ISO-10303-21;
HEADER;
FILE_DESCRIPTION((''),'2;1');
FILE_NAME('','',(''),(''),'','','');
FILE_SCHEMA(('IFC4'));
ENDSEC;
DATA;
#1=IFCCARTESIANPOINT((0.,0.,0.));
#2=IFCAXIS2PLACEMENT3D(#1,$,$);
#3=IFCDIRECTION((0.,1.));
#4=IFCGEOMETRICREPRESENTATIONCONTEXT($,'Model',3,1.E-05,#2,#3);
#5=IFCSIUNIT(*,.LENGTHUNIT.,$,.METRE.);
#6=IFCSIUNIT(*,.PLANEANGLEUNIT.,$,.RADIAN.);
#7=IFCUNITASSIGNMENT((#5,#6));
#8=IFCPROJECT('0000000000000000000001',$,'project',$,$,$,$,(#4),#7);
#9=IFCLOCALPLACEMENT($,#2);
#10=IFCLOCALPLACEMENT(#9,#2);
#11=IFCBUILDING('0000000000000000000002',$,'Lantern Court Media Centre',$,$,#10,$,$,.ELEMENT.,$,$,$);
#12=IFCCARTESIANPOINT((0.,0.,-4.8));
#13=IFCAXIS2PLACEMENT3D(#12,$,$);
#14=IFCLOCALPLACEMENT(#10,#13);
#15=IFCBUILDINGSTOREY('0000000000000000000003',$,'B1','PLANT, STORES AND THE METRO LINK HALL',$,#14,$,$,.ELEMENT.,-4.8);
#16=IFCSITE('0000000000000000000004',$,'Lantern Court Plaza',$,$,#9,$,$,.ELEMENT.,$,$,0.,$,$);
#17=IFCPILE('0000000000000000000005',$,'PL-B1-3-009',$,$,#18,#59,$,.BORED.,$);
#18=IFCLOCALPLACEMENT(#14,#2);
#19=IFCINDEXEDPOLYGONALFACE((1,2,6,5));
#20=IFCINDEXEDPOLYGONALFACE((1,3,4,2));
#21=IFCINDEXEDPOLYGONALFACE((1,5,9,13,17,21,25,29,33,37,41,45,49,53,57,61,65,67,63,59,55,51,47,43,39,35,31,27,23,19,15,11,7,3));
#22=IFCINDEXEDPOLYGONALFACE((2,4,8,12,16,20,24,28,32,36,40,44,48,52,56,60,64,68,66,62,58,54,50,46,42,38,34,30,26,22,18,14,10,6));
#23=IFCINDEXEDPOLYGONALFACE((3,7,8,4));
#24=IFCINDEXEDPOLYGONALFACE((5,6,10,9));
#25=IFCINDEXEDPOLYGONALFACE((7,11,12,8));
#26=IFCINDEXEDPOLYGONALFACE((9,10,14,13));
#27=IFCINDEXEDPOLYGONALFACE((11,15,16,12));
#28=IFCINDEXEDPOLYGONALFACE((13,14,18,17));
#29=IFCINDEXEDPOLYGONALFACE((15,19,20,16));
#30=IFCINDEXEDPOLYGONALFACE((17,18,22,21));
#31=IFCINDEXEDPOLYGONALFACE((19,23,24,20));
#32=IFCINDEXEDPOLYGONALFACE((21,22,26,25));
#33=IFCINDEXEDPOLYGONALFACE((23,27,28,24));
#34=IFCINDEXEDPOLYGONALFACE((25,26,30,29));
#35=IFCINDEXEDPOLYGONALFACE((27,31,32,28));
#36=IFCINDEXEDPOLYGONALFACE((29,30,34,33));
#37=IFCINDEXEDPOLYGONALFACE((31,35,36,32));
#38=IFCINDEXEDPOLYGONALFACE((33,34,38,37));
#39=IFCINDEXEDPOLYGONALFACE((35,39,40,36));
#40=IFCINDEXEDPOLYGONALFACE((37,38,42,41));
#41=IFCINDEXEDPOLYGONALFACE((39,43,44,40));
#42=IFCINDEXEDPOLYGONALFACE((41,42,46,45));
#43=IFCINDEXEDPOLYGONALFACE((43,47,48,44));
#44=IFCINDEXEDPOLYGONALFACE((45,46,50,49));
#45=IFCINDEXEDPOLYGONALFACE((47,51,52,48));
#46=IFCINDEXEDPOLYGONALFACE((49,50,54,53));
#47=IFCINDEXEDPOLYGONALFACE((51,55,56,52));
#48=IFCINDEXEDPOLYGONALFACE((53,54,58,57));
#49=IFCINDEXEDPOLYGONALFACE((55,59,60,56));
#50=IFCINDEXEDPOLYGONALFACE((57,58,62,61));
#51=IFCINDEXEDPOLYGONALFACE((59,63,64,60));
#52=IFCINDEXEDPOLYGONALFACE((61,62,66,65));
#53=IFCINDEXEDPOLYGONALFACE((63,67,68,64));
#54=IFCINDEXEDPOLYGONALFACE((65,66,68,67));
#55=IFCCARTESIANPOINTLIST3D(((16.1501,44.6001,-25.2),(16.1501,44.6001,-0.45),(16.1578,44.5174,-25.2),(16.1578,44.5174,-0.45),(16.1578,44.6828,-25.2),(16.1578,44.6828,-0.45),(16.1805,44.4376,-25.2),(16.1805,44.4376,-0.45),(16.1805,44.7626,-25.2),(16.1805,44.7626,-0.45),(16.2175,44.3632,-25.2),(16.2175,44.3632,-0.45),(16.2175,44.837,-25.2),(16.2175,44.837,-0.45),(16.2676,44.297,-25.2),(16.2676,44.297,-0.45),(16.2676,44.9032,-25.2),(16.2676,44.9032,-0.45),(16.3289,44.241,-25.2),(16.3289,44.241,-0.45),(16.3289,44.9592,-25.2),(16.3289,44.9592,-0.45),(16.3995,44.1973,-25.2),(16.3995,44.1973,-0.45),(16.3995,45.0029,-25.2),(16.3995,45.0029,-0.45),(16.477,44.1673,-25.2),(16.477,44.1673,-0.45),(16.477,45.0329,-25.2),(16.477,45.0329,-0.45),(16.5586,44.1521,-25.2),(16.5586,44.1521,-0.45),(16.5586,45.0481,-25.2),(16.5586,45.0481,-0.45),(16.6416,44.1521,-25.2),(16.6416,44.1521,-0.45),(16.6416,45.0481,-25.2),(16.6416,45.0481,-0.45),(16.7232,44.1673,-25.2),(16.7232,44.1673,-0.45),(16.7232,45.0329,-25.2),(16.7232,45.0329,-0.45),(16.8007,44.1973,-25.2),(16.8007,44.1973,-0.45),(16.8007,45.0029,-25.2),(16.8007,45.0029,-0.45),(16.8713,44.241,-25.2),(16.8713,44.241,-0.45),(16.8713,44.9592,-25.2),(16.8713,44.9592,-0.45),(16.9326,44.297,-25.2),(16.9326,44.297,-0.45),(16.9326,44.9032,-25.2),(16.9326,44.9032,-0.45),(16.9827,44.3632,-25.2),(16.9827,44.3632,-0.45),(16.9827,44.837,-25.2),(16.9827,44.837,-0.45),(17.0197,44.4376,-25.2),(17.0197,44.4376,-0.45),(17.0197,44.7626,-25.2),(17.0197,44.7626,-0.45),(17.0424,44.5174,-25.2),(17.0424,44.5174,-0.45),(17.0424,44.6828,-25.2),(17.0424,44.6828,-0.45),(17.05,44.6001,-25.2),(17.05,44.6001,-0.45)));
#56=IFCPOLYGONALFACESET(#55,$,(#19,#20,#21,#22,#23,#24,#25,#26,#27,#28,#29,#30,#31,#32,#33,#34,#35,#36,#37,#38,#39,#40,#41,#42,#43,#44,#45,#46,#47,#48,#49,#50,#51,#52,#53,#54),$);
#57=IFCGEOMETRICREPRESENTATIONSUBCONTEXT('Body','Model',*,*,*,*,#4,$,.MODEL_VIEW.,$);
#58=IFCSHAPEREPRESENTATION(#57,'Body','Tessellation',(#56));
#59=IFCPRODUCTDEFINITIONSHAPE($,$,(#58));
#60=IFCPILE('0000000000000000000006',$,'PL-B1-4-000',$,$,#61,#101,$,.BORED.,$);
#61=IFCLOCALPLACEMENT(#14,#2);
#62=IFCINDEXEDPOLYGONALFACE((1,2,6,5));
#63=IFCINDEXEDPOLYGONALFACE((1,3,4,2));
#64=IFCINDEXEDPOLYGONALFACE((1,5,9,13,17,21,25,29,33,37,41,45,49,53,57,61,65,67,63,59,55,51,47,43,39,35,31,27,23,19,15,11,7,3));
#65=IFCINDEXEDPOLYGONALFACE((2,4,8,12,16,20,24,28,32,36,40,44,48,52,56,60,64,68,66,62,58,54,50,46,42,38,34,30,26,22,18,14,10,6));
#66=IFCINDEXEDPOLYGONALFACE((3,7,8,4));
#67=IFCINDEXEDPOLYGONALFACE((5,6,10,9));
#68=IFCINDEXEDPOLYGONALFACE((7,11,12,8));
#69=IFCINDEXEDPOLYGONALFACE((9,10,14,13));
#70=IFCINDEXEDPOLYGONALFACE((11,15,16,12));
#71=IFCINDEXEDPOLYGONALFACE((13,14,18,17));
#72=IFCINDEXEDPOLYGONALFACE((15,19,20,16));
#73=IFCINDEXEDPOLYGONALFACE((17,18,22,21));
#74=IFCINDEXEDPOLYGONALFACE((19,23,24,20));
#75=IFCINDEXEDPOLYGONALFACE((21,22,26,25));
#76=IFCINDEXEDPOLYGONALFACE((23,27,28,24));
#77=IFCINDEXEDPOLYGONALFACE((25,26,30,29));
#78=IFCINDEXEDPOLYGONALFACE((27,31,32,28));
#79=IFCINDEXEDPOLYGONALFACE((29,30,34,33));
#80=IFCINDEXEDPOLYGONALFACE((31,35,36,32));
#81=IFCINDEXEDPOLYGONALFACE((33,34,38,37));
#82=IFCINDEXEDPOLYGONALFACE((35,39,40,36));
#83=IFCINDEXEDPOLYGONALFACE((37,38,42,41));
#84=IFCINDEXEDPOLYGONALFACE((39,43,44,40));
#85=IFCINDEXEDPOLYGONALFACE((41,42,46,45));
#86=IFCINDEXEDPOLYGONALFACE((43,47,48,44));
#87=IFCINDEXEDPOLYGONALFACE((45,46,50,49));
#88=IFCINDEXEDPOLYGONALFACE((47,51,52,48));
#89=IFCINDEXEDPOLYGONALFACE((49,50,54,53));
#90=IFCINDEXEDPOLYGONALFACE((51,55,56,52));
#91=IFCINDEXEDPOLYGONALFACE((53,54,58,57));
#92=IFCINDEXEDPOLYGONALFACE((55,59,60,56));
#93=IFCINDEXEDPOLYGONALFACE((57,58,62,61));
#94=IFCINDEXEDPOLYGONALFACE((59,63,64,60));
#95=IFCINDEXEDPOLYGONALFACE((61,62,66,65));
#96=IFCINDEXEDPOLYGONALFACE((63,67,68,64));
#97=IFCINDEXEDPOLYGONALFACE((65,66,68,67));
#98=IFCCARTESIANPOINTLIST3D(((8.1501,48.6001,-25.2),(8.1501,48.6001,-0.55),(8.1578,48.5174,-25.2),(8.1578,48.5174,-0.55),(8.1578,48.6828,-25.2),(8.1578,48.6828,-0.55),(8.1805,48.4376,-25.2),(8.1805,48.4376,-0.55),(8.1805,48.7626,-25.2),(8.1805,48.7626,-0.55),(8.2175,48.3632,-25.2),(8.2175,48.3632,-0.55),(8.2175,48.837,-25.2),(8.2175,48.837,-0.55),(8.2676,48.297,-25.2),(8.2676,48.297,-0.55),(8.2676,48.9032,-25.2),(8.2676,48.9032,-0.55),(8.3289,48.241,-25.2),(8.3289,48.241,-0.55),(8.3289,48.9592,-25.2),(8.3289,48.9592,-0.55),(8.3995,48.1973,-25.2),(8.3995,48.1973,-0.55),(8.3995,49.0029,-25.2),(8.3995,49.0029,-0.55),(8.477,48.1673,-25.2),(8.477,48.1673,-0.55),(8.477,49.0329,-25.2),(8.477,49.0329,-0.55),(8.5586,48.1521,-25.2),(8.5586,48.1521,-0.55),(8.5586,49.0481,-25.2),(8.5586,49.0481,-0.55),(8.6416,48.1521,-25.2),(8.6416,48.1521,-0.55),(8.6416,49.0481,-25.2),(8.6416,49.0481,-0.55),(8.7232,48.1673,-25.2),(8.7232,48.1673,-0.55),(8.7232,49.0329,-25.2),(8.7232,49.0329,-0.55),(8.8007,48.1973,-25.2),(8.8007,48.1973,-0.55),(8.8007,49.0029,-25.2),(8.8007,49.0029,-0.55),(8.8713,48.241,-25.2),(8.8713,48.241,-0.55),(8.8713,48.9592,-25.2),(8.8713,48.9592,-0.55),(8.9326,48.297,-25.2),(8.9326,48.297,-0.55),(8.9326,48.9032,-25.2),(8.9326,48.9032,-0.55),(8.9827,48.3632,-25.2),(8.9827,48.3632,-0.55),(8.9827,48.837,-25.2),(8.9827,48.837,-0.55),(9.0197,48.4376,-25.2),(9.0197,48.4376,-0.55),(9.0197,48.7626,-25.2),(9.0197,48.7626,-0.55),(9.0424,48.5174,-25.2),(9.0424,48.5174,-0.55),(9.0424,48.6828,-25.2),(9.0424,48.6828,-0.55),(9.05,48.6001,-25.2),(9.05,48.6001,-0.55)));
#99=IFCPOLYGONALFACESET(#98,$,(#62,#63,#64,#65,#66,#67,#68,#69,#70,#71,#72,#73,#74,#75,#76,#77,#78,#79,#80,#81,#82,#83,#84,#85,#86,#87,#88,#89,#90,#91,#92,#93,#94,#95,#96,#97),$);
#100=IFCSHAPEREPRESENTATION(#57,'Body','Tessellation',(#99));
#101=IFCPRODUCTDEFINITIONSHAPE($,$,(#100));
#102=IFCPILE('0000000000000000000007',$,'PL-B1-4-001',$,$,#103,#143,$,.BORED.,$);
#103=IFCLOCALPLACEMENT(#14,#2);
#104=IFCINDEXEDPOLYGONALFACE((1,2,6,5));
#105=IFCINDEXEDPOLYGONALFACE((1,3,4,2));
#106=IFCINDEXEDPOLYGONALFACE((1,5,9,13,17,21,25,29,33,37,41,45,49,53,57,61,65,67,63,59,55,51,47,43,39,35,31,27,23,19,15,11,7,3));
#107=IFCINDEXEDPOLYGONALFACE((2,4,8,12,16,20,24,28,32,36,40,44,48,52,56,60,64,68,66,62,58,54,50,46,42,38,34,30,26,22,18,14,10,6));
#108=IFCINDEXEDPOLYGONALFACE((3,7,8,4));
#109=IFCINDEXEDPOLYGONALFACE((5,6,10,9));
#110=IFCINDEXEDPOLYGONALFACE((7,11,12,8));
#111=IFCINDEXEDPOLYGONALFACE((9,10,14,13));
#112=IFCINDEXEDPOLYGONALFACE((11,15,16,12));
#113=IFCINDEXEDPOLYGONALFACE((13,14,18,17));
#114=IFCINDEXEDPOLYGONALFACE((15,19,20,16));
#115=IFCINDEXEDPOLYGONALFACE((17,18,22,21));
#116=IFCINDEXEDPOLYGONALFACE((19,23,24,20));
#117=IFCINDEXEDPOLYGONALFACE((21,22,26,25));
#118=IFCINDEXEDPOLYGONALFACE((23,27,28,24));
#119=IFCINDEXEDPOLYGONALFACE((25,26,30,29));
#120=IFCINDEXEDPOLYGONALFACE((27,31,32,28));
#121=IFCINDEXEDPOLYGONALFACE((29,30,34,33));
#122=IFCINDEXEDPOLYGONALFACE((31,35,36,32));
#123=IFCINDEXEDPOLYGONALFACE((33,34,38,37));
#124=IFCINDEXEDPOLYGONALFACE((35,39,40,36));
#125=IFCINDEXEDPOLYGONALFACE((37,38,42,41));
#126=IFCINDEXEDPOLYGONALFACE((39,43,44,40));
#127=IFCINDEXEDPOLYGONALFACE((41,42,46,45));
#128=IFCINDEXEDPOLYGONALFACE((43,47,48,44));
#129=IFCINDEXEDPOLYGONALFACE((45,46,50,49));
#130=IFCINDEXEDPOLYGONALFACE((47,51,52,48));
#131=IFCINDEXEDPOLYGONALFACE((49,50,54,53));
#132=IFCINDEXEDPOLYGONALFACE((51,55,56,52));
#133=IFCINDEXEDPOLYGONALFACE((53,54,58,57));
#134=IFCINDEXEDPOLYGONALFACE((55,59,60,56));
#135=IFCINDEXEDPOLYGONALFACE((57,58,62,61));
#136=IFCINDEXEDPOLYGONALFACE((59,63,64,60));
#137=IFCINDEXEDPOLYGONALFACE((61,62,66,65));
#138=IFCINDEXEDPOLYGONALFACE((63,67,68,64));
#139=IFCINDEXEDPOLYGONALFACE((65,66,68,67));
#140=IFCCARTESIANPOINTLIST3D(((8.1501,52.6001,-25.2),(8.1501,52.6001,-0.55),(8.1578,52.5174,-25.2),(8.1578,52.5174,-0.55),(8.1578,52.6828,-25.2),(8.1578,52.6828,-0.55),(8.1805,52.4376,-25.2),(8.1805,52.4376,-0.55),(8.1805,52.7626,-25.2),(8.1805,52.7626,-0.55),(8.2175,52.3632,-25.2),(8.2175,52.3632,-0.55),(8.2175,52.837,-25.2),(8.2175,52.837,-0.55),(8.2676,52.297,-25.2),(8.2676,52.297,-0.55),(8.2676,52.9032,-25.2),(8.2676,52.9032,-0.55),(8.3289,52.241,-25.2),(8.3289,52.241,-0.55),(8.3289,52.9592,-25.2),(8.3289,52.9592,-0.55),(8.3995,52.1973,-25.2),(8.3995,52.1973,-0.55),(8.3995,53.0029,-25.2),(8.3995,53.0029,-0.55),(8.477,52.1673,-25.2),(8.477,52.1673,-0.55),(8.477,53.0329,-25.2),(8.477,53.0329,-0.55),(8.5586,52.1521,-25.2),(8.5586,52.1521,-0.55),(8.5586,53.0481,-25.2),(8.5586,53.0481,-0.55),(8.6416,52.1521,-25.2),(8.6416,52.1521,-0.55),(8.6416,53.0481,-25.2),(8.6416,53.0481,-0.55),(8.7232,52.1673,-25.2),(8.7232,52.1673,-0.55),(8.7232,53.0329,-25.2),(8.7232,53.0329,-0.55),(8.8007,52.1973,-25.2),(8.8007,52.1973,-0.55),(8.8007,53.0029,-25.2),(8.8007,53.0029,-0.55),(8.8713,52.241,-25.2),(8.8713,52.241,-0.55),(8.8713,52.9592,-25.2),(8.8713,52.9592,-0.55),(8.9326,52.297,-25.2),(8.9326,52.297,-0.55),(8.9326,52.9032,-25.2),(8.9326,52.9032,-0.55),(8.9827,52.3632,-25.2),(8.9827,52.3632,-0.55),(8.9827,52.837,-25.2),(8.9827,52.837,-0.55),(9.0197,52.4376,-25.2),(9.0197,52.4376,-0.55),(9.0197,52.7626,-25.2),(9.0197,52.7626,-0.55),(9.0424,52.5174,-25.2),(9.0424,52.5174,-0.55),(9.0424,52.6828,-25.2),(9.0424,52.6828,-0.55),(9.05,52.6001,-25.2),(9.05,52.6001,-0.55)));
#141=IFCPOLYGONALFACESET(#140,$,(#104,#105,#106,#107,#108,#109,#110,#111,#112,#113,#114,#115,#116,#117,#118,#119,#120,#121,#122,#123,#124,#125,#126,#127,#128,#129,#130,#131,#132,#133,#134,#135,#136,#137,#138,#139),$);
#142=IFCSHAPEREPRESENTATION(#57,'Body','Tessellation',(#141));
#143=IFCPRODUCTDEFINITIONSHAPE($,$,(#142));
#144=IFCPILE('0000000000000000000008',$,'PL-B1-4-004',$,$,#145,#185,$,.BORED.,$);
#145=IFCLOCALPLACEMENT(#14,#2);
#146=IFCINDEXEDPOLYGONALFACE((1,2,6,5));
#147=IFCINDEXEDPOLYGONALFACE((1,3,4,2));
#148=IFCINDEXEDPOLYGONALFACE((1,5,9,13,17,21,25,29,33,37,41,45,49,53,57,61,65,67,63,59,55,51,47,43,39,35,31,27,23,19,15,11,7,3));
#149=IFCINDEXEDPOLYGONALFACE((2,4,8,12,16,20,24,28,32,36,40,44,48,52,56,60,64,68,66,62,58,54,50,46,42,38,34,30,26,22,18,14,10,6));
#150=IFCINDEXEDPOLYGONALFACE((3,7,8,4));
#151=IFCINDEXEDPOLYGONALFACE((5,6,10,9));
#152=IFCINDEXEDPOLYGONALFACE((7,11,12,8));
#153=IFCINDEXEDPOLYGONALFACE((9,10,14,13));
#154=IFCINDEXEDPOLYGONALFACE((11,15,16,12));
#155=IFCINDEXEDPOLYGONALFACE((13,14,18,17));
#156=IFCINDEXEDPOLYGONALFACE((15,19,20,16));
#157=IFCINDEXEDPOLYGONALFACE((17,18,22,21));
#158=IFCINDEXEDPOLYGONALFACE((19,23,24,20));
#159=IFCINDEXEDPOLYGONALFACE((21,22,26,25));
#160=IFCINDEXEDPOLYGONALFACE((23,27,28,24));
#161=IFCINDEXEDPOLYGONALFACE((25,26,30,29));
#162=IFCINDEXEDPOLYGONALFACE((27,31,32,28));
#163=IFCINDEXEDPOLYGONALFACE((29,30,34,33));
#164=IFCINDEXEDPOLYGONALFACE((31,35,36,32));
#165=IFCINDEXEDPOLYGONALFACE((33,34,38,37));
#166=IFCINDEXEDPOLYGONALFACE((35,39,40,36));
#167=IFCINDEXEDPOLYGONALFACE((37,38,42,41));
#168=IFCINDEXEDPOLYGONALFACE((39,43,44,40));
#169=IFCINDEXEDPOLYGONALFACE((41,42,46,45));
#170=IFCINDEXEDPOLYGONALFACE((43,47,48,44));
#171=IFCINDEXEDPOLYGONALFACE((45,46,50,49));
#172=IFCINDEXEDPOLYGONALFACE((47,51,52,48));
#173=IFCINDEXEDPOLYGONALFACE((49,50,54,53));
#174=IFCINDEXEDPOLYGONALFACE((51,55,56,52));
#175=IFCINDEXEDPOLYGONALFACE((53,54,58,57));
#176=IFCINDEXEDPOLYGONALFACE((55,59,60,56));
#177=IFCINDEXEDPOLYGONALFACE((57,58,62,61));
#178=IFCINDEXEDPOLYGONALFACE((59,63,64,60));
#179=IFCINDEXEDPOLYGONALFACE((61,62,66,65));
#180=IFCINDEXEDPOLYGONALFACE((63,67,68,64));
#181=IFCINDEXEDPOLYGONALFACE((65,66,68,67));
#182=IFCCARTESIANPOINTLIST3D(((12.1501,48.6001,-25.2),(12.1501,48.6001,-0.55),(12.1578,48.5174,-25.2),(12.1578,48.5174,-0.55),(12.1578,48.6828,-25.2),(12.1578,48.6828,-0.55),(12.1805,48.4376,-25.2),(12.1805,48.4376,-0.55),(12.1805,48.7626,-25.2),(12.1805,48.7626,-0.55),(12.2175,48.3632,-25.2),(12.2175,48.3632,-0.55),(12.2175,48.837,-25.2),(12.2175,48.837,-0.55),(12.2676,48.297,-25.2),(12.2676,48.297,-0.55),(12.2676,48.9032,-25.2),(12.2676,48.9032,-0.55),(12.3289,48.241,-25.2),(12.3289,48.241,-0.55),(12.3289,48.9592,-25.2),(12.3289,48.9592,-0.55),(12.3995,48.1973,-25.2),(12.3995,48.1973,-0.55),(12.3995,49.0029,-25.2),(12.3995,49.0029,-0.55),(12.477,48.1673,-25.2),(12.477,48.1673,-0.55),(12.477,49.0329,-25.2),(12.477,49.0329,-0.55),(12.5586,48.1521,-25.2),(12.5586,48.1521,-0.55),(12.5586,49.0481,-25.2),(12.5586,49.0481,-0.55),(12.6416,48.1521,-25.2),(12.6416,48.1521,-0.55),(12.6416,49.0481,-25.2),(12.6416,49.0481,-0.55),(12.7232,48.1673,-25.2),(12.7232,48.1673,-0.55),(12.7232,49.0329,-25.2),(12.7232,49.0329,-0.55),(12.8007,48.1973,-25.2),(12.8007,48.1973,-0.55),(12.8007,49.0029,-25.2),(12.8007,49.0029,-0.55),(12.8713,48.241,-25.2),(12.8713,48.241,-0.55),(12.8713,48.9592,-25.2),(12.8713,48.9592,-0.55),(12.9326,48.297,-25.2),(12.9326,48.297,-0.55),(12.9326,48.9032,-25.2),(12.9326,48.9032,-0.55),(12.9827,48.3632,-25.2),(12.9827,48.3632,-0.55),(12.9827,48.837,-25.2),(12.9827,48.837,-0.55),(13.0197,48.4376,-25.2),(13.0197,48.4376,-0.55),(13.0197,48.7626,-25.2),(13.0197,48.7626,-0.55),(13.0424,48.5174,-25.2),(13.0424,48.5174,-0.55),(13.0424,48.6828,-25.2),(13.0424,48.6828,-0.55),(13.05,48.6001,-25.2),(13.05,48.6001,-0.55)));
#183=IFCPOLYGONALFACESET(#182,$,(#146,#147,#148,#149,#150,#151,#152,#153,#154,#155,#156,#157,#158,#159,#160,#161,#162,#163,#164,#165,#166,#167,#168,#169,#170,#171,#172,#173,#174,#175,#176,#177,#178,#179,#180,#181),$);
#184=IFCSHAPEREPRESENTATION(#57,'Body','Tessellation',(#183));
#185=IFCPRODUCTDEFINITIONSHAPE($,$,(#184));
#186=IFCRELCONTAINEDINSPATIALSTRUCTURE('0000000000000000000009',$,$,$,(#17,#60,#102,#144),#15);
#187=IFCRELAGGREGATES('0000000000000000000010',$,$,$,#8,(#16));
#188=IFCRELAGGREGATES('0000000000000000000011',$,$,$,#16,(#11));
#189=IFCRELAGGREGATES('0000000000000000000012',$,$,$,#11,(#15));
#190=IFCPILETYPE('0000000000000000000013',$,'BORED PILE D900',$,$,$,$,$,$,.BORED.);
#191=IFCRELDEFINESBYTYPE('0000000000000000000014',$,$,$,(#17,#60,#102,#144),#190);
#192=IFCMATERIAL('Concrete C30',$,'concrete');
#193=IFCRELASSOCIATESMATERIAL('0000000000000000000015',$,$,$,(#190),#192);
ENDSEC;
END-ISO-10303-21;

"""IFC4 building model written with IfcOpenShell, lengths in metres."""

from ifc_helpers import new_model, si_unit, direction, frame, origin, origin_2d, place, context, subcontext, project, spatial, circle, extrude, material, material_profile, profile_set, type_object, element, save


model = new_model("IFC4")

# Units and contexts
model_context = context("Model", 3, precision=1e-05, world=origin(), true_north=direction((0.0, 1.0)))
body_context = subcontext(model_context, "Body", "Model", "MODEL_VIEW")
ifc_project = project(units=[si_unit("LENGTHUNIT", "METRE"), si_unit("PLANEANGLEUNIT", "RADIAN")], contexts=[model_context])

# Site, building, storey
site_placement = place(None, origin())
site = spatial("IfcSite", under=ifc_project, at=site_placement, Name="Lantern Court Plaza", CompositionType="ELEMENT", RefElevation=0.0)
building_placement = place(site_placement, origin())
building = spatial("IfcBuilding", under=site, at=building_placement, Name="Lantern Court Media Centre", CompositionType="ELEMENT")
storey_placement = place(building_placement, frame((0.0, 0.0, -4.8)))
storey = spatial("IfcBuildingStorey", under=building, at=storey_placement, Name="B1", Description="PLANT, STORES AND THE METRO LINK HALL", CompositionType="ELEMENT", Elevation=-4.8)

# Piles
ifc_material_1 = material(Name="Concrete C30", Category="concrete")
ifc_material_profile_1 = material_profile(ifc_material_1, circle(Radius=0.45, at=origin_2d()), Name="D900")
ifc_profile_set_1 = profile_set([ifc_material_profile_1], Name="Concrete C30")
pile_type = type_object("IfcPileType", Name="BORED PILE D900", PredefinedType="BORED", material=ifc_profile_set_1)
for number, where, z_axis, x_axis, name in (
    (1, (16.6001, 44.6001, -0.45), (0.0, 0.0, -1.0), (1.0, 0.0, 0.0), "PL-B1-3-009"),
):
    element("IfcPile", number, at=place(storey_placement, frame(where, z_axis=z_axis, x_axis=x_axis)), inside=storey, type_object=pile_type, Name=name, PredefinedType="BORED", context=body_context, shape_type="SweptSolid", body=[
        extrude(circle(Radius=0.45, at=origin_2d()), origin(), (0.0, 0.0, 1.0), 24.75),
    ])
for number, where, z_axis, x_axis, name in (
    (2, (8.6001, 48.6001, -0.55), (0.0, 0.0, -1.0), (1.0, 0.0, 0.0), "PL-B1-4-000"),
    (3, (8.6001, 52.6001, -0.55), (0.0, 0.0, -1.0), (1.0, 0.0, 0.0), "PL-B1-4-001"),
    (4, (12.6001, 48.6001, -0.55), (0.0, 0.0, -1.0), (1.0, 0.0, 0.0), "PL-B1-4-004"),
):
    element("IfcPile", number, at=place(storey_placement, frame(where, z_axis=z_axis, x_axis=x_axis)), inside=storey, type_object=pile_type, Name=name, PredefinedType="BORED", context=body_context, shape_type="SweptSolid", body=[
        extrude(circle(Radius=0.45, at=origin_2d()), origin(), (0.0, 0.0, 1.0), 24.6499),
    ])

save(model, "model.ifc")
